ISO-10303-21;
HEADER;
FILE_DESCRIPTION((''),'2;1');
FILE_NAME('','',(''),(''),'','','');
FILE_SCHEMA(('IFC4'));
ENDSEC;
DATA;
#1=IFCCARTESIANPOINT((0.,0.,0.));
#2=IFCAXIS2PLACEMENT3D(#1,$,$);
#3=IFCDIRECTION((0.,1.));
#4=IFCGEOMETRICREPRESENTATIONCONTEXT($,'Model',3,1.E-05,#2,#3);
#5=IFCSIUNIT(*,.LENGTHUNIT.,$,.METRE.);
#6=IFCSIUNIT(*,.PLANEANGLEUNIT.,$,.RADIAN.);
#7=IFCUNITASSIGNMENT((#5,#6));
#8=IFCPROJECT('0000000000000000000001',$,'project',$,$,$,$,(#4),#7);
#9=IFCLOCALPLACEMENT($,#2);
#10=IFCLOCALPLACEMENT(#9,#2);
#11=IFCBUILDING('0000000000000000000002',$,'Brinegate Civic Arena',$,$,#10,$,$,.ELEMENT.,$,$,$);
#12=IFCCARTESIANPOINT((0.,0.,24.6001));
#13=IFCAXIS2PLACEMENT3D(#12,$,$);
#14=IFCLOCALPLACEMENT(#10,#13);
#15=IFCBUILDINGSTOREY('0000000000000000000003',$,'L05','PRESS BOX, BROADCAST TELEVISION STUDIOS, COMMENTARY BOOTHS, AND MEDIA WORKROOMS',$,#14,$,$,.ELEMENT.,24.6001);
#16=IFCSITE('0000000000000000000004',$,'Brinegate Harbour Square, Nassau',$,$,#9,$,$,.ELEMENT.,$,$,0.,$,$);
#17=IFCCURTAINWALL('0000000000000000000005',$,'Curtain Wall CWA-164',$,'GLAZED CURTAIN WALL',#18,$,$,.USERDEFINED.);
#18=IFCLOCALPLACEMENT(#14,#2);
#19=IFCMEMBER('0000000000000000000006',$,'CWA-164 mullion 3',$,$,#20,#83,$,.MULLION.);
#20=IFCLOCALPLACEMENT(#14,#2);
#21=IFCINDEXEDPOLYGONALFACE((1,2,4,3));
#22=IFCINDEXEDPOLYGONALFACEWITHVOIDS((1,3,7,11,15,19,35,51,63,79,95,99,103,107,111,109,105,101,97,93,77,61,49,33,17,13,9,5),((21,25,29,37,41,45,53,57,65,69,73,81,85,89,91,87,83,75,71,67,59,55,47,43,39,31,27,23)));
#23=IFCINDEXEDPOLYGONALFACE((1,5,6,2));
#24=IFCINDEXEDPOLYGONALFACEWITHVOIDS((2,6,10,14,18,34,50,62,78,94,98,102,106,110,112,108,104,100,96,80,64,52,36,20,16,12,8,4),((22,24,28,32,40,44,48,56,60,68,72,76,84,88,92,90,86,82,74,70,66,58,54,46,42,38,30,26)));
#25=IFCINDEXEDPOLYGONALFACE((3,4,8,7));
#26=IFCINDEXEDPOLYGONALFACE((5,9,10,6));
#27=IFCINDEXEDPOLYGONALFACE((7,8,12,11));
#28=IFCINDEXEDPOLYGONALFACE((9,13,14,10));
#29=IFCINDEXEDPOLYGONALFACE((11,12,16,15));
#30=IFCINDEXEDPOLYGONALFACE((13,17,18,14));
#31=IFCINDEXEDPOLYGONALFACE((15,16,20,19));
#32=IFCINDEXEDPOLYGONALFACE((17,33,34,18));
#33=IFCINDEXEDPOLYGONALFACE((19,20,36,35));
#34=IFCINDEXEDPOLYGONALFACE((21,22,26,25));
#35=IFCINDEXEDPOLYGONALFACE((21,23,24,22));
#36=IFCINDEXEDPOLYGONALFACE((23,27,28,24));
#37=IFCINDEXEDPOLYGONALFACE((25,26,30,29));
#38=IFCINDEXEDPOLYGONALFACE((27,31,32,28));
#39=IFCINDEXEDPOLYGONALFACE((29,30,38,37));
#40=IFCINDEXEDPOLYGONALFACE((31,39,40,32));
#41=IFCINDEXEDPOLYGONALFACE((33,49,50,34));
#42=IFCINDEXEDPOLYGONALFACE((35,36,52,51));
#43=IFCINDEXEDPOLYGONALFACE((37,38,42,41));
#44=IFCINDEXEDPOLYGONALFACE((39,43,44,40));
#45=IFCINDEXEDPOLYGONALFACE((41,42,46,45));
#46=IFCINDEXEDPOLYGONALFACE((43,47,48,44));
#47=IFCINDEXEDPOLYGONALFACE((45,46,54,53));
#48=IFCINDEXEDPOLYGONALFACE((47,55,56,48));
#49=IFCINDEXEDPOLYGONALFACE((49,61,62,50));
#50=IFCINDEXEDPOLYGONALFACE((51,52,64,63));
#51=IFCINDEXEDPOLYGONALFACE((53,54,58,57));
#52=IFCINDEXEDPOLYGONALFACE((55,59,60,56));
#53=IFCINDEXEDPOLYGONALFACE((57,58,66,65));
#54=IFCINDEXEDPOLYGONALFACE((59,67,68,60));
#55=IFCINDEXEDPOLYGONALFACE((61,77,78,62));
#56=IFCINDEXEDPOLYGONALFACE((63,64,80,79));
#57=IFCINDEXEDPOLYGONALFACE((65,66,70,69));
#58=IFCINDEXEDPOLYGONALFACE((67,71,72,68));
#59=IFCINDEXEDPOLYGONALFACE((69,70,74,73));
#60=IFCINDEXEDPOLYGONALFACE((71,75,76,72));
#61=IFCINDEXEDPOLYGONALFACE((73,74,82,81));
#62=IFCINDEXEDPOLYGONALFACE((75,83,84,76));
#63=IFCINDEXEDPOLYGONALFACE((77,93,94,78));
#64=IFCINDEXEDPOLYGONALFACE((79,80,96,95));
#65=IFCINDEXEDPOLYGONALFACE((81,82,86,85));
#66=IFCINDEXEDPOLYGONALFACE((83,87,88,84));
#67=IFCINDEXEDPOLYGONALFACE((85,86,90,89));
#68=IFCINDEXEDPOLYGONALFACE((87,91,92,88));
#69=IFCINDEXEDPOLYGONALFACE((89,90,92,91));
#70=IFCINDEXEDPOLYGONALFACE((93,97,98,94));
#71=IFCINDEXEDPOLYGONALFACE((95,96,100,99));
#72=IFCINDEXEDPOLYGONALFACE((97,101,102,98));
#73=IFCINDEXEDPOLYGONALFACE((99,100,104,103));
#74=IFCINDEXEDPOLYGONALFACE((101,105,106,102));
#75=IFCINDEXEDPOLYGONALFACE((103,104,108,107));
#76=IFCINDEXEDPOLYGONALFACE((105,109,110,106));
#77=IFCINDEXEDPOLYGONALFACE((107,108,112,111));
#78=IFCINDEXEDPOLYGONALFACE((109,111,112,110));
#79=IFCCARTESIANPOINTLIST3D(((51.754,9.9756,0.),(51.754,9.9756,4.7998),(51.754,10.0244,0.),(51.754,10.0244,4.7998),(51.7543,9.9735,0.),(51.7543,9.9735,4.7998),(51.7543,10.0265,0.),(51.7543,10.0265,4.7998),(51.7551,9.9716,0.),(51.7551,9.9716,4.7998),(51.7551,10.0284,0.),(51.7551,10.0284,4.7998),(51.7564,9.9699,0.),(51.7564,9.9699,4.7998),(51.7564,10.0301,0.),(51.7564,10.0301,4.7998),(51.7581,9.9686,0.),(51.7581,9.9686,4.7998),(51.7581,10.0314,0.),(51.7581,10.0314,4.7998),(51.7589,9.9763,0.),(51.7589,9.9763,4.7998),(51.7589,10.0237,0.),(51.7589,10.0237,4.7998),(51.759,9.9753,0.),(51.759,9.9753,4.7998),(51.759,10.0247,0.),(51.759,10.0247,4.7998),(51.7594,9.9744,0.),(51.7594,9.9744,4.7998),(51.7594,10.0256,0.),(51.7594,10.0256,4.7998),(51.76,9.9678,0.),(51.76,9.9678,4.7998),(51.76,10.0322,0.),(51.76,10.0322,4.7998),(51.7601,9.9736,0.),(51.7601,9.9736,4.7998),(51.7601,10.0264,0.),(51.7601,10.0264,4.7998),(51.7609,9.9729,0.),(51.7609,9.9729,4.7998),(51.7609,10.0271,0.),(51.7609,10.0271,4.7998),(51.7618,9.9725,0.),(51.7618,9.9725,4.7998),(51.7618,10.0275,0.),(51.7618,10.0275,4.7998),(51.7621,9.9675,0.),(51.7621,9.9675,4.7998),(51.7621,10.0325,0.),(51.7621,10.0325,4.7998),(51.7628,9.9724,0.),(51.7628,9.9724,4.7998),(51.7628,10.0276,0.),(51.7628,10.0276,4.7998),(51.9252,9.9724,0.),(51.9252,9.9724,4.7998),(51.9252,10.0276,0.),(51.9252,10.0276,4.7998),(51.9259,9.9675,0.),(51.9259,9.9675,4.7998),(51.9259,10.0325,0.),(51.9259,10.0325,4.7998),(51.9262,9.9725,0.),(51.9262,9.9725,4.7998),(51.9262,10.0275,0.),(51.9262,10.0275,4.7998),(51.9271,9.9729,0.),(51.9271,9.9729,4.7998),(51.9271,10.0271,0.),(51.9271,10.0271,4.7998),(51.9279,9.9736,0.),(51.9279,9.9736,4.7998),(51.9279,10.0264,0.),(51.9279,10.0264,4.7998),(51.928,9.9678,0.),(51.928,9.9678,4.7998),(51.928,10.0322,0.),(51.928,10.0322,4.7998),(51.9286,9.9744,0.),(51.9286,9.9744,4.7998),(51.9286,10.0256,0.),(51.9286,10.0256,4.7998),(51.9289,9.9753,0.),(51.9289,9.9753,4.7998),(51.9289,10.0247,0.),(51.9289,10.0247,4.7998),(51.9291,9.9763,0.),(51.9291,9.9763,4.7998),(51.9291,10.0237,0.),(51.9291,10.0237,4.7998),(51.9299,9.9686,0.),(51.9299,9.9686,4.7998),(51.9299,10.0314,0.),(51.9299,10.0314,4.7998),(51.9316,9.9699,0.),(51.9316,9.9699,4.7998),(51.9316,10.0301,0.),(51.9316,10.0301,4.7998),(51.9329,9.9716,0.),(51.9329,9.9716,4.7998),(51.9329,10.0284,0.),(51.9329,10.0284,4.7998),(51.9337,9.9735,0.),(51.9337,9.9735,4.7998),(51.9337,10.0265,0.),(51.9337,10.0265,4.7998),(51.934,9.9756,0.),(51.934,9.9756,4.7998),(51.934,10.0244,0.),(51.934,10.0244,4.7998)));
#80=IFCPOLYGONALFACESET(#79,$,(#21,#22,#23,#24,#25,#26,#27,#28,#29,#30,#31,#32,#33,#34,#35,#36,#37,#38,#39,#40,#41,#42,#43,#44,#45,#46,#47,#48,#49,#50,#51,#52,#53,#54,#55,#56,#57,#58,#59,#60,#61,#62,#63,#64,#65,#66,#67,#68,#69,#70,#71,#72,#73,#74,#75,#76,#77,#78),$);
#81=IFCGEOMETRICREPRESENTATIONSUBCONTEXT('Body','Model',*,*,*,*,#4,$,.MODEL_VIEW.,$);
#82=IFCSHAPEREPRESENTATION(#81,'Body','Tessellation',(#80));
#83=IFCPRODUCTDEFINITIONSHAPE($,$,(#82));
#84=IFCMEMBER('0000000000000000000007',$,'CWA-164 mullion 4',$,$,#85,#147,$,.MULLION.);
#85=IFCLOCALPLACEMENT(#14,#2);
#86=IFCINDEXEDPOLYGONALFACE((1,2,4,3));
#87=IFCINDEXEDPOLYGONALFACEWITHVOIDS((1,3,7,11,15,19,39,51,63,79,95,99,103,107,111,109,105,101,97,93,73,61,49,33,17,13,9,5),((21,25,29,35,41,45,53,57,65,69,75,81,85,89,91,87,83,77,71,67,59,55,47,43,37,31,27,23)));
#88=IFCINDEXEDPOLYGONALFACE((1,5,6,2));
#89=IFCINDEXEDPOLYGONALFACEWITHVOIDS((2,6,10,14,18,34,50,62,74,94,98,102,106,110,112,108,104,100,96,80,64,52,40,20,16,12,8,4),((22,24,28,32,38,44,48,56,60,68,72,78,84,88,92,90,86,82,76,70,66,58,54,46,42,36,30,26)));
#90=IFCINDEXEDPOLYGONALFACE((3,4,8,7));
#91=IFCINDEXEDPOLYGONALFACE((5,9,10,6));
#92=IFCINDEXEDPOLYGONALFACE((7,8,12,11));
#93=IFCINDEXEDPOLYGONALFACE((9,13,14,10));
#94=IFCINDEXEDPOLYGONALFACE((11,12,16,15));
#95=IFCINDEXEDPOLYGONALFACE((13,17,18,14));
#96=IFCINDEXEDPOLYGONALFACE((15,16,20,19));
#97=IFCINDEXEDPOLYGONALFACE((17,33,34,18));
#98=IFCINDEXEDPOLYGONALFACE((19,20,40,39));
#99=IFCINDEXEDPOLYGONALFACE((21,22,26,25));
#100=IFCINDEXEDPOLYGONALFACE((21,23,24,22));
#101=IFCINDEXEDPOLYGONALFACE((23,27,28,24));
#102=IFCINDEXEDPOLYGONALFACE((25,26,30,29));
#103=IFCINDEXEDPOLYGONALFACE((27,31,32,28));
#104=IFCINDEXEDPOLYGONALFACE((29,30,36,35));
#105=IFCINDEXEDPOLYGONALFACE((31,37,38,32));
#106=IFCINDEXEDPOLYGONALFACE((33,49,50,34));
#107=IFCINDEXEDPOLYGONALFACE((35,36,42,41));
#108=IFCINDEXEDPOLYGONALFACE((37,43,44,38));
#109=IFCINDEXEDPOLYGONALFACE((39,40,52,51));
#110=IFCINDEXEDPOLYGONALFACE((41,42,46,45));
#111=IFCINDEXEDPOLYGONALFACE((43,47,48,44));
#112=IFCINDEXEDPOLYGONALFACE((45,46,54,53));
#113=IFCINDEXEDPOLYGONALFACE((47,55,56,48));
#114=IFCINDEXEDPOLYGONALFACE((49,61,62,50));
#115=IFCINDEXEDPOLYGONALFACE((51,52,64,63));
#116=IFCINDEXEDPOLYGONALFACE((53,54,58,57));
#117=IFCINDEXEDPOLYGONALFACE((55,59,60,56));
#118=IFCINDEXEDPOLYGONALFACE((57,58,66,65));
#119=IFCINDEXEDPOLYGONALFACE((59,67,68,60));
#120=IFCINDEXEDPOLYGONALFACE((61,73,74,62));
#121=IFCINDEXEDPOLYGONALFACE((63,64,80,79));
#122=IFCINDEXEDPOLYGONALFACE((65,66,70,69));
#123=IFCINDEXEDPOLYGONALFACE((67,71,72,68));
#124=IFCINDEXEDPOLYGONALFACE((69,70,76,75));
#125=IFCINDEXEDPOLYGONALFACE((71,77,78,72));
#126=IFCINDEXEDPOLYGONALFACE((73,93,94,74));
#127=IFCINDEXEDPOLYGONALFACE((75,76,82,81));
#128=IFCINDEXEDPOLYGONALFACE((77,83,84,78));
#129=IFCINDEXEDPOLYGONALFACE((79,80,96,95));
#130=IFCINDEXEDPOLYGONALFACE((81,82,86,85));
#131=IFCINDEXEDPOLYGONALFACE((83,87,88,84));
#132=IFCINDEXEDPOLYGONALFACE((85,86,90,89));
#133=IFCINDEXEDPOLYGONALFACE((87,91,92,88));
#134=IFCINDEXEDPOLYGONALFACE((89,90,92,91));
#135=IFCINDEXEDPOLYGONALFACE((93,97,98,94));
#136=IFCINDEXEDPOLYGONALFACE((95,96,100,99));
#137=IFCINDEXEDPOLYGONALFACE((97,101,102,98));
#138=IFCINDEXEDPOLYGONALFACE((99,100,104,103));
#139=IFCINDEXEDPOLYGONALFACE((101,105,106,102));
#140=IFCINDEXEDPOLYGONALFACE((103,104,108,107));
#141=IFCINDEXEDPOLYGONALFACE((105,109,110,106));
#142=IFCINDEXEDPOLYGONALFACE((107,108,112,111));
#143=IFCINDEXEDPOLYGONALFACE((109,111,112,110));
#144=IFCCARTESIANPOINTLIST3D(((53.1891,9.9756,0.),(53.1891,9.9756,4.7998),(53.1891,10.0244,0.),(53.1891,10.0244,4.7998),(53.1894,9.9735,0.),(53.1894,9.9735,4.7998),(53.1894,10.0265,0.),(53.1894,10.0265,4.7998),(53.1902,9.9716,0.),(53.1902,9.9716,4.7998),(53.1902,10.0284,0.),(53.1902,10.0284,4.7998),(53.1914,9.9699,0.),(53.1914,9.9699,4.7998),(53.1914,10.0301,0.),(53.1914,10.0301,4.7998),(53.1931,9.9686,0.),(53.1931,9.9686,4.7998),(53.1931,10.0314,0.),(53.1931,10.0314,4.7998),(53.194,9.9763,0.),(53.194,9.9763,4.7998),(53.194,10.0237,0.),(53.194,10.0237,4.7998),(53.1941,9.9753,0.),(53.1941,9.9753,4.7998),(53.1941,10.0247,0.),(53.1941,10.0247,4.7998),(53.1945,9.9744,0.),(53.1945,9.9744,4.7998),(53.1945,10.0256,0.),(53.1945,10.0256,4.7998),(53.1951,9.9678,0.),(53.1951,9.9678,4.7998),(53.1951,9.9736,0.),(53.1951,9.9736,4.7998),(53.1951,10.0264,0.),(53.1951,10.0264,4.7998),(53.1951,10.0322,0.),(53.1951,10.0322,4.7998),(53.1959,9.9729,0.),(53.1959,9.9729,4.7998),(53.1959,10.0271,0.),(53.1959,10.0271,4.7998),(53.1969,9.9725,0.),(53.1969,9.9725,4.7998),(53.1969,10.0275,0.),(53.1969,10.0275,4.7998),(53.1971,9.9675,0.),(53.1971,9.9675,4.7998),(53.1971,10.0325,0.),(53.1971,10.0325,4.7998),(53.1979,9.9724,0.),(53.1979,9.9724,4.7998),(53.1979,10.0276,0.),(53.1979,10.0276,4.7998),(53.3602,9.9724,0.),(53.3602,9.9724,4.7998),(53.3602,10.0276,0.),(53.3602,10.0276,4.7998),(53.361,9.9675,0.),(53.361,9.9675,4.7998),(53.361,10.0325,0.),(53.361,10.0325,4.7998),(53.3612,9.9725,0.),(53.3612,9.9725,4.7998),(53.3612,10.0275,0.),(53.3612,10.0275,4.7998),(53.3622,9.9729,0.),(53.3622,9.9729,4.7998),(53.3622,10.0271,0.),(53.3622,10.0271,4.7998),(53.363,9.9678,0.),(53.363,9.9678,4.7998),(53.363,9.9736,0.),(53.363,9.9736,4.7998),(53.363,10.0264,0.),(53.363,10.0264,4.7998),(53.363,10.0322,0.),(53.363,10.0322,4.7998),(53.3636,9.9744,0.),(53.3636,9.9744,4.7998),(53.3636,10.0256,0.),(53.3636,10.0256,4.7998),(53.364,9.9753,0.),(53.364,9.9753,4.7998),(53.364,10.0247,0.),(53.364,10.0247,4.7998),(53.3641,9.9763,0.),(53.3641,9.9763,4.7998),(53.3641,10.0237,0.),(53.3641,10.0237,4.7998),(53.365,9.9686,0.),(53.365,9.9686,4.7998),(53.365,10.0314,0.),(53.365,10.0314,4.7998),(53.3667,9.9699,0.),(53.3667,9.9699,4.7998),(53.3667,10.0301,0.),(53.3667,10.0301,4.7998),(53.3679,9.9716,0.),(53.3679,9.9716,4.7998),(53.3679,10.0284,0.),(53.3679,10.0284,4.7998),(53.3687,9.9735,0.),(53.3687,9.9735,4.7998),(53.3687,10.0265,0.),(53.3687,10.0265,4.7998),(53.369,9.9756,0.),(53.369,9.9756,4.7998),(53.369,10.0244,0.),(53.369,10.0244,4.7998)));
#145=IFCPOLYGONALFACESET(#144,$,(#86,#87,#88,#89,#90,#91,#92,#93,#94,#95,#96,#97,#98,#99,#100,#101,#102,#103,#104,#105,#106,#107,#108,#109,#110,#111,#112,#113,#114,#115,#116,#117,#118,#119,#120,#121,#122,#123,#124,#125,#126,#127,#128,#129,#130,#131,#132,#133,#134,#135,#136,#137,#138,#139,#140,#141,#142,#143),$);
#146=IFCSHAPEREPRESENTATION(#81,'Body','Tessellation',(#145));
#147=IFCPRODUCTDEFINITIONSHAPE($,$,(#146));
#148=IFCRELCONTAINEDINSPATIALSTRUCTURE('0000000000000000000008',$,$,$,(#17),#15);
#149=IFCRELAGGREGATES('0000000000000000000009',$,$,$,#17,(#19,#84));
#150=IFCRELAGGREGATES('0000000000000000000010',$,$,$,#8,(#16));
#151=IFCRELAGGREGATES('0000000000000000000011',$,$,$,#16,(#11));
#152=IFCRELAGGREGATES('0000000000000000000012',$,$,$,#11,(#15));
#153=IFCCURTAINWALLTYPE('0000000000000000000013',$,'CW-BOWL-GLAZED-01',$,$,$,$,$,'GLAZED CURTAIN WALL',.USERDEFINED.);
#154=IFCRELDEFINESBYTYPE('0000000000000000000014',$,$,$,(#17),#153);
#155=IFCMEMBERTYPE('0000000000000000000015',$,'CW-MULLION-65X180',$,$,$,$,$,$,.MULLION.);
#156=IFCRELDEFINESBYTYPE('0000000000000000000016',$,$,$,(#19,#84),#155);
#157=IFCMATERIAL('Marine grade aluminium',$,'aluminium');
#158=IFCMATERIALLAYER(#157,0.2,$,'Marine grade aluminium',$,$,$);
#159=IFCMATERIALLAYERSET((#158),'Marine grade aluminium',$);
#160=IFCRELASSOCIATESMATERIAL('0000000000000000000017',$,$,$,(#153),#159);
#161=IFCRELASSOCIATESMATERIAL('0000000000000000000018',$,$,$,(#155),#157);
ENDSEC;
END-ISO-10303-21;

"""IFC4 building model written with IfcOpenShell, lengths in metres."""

from ifc_helpers import new_model, si_unit, direction, frame, origin, origin_2d, place, context, subcontext, project, spatial, hollow_rectangle, extrude, material, layer, layer_set, material_profile, profile_set, type_object, element, aggregate, save


model = new_model("IFC4")

# Units and contexts
model_context = context("Model", 3, precision=1e-05, world=origin(), true_north=direction((0.0, 1.0)))
body_context = subcontext(model_context, "Body", "Model", "MODEL_VIEW")
ifc_project = project(units=[si_unit("LENGTHUNIT", "METRE"), si_unit("PLANEANGLEUNIT", "RADIAN")], contexts=[model_context])

# Site, building, storey
site_placement = place(None, origin())
site = spatial("IfcSite", under=ifc_project, at=site_placement, Name="Brinegate Harbour Square, Nassau", CompositionType="ELEMENT", RefElevation=0.0)
building_placement = place(site_placement, origin())
building = spatial("IfcBuilding", under=site, at=building_placement, Name="Brinegate Civic Arena", CompositionType="ELEMENT")
storey_placement = place(building_placement, frame((0.0, 0.0, 24.6001)))
storey = spatial("IfcBuildingStorey", under=building, at=storey_placement, Name="L05", Description="PRESS BOX, BROADCAST TELEVISION STUDIOS, COMMENTARY BOOTHS, AND MEDIA WORKROOMS", CompositionType="ELEMENT", Elevation=24.6001)

# Curtain wall, members
ifc_material_1 = material(Name="Marine grade aluminium", Category="aluminium")
ifc_layer_1 = layer(ifc_material_1, 0.2, Name="Marine grade aluminium")
ifc_layer_set_1 = layer_set([ifc_layer_1], Name="Marine grade aluminium")
curtain_wall_type = type_object("IfcCurtainWallType", Name="CW-BOWL-GLAZED-01", ElementType="GLAZED CURTAIN WALL", PredefinedType="USERDEFINED", material=ifc_layer_set_1)
curtain_wall_placement = place(storey_placement, origin())
curtain_wall = element("IfcCurtainWall", 1, at=curtain_wall_placement, inside=storey, type_object=curtain_wall_type, Name="Curtain Wall CWA-164", ObjectType="GLAZED CURTAIN WALL", PredefinedType="USERDEFINED")
ifc_material_profile_1 = material_profile(ifc_material_1, hollow_rectangle(XDim=0.0649, YDim=0.1799, WallThickness=0.0049, InnerFilletRadius=0.0039, OuterFilletRadius=0.0081, at=origin_2d()), Name="MUL65X180")
ifc_profile_set_1 = profile_set([ifc_material_profile_1], Name="Marine grade aluminium")
member_type_1 = type_object("IfcMemberType", Name="CW-MULLION-65X180", PredefinedType="MULLION", material=ifc_profile_set_1)
member_1_placement = place(storey_placement, frame((51.844, 10.0, 0.0), z_axis=(0.0, 0.0, 1.0), x_axis=(0.0, 1.0, 0.0)))
member_1 = element("IfcMember", 2, at=member_1_placement, type_object=member_type_1, Name="CWA-164 mullion 3", PredefinedType="MULLION", context=body_context, shape_type="SweptSolid", body=[
    extrude(hollow_rectangle(XDim=0.0649, YDim=0.1799, WallThickness=0.0049, InnerFilletRadius=0.0039, OuterFilletRadius=0.0081, at=origin_2d()), origin(), (0.0, 0.0, 1.0), 4.7998),
])
member_2_placement = place(storey_placement, frame((53.2791, 10.0, 0.0), z_axis=(0.0, 0.0, 1.0), x_axis=(0.0, 1.0, 0.0)))
member_2 = element("IfcMember", 3, at=member_2_placement, type_object=member_type_1, Name="CWA-164 mullion 4", PredefinedType="MULLION", context=body_context, shape_type="SweptSolid", body=[
    extrude(hollow_rectangle(XDim=0.0649, YDim=0.1799, WallThickness=0.0049, InnerFilletRadius=0.0039, OuterFilletRadius=0.0081, at=origin_2d()), origin(), (0.0, 0.0, 1.0), 4.7998),
])

aggregate(curtain_wall, [member_1, member_2])

save(model, "model.ifc")
